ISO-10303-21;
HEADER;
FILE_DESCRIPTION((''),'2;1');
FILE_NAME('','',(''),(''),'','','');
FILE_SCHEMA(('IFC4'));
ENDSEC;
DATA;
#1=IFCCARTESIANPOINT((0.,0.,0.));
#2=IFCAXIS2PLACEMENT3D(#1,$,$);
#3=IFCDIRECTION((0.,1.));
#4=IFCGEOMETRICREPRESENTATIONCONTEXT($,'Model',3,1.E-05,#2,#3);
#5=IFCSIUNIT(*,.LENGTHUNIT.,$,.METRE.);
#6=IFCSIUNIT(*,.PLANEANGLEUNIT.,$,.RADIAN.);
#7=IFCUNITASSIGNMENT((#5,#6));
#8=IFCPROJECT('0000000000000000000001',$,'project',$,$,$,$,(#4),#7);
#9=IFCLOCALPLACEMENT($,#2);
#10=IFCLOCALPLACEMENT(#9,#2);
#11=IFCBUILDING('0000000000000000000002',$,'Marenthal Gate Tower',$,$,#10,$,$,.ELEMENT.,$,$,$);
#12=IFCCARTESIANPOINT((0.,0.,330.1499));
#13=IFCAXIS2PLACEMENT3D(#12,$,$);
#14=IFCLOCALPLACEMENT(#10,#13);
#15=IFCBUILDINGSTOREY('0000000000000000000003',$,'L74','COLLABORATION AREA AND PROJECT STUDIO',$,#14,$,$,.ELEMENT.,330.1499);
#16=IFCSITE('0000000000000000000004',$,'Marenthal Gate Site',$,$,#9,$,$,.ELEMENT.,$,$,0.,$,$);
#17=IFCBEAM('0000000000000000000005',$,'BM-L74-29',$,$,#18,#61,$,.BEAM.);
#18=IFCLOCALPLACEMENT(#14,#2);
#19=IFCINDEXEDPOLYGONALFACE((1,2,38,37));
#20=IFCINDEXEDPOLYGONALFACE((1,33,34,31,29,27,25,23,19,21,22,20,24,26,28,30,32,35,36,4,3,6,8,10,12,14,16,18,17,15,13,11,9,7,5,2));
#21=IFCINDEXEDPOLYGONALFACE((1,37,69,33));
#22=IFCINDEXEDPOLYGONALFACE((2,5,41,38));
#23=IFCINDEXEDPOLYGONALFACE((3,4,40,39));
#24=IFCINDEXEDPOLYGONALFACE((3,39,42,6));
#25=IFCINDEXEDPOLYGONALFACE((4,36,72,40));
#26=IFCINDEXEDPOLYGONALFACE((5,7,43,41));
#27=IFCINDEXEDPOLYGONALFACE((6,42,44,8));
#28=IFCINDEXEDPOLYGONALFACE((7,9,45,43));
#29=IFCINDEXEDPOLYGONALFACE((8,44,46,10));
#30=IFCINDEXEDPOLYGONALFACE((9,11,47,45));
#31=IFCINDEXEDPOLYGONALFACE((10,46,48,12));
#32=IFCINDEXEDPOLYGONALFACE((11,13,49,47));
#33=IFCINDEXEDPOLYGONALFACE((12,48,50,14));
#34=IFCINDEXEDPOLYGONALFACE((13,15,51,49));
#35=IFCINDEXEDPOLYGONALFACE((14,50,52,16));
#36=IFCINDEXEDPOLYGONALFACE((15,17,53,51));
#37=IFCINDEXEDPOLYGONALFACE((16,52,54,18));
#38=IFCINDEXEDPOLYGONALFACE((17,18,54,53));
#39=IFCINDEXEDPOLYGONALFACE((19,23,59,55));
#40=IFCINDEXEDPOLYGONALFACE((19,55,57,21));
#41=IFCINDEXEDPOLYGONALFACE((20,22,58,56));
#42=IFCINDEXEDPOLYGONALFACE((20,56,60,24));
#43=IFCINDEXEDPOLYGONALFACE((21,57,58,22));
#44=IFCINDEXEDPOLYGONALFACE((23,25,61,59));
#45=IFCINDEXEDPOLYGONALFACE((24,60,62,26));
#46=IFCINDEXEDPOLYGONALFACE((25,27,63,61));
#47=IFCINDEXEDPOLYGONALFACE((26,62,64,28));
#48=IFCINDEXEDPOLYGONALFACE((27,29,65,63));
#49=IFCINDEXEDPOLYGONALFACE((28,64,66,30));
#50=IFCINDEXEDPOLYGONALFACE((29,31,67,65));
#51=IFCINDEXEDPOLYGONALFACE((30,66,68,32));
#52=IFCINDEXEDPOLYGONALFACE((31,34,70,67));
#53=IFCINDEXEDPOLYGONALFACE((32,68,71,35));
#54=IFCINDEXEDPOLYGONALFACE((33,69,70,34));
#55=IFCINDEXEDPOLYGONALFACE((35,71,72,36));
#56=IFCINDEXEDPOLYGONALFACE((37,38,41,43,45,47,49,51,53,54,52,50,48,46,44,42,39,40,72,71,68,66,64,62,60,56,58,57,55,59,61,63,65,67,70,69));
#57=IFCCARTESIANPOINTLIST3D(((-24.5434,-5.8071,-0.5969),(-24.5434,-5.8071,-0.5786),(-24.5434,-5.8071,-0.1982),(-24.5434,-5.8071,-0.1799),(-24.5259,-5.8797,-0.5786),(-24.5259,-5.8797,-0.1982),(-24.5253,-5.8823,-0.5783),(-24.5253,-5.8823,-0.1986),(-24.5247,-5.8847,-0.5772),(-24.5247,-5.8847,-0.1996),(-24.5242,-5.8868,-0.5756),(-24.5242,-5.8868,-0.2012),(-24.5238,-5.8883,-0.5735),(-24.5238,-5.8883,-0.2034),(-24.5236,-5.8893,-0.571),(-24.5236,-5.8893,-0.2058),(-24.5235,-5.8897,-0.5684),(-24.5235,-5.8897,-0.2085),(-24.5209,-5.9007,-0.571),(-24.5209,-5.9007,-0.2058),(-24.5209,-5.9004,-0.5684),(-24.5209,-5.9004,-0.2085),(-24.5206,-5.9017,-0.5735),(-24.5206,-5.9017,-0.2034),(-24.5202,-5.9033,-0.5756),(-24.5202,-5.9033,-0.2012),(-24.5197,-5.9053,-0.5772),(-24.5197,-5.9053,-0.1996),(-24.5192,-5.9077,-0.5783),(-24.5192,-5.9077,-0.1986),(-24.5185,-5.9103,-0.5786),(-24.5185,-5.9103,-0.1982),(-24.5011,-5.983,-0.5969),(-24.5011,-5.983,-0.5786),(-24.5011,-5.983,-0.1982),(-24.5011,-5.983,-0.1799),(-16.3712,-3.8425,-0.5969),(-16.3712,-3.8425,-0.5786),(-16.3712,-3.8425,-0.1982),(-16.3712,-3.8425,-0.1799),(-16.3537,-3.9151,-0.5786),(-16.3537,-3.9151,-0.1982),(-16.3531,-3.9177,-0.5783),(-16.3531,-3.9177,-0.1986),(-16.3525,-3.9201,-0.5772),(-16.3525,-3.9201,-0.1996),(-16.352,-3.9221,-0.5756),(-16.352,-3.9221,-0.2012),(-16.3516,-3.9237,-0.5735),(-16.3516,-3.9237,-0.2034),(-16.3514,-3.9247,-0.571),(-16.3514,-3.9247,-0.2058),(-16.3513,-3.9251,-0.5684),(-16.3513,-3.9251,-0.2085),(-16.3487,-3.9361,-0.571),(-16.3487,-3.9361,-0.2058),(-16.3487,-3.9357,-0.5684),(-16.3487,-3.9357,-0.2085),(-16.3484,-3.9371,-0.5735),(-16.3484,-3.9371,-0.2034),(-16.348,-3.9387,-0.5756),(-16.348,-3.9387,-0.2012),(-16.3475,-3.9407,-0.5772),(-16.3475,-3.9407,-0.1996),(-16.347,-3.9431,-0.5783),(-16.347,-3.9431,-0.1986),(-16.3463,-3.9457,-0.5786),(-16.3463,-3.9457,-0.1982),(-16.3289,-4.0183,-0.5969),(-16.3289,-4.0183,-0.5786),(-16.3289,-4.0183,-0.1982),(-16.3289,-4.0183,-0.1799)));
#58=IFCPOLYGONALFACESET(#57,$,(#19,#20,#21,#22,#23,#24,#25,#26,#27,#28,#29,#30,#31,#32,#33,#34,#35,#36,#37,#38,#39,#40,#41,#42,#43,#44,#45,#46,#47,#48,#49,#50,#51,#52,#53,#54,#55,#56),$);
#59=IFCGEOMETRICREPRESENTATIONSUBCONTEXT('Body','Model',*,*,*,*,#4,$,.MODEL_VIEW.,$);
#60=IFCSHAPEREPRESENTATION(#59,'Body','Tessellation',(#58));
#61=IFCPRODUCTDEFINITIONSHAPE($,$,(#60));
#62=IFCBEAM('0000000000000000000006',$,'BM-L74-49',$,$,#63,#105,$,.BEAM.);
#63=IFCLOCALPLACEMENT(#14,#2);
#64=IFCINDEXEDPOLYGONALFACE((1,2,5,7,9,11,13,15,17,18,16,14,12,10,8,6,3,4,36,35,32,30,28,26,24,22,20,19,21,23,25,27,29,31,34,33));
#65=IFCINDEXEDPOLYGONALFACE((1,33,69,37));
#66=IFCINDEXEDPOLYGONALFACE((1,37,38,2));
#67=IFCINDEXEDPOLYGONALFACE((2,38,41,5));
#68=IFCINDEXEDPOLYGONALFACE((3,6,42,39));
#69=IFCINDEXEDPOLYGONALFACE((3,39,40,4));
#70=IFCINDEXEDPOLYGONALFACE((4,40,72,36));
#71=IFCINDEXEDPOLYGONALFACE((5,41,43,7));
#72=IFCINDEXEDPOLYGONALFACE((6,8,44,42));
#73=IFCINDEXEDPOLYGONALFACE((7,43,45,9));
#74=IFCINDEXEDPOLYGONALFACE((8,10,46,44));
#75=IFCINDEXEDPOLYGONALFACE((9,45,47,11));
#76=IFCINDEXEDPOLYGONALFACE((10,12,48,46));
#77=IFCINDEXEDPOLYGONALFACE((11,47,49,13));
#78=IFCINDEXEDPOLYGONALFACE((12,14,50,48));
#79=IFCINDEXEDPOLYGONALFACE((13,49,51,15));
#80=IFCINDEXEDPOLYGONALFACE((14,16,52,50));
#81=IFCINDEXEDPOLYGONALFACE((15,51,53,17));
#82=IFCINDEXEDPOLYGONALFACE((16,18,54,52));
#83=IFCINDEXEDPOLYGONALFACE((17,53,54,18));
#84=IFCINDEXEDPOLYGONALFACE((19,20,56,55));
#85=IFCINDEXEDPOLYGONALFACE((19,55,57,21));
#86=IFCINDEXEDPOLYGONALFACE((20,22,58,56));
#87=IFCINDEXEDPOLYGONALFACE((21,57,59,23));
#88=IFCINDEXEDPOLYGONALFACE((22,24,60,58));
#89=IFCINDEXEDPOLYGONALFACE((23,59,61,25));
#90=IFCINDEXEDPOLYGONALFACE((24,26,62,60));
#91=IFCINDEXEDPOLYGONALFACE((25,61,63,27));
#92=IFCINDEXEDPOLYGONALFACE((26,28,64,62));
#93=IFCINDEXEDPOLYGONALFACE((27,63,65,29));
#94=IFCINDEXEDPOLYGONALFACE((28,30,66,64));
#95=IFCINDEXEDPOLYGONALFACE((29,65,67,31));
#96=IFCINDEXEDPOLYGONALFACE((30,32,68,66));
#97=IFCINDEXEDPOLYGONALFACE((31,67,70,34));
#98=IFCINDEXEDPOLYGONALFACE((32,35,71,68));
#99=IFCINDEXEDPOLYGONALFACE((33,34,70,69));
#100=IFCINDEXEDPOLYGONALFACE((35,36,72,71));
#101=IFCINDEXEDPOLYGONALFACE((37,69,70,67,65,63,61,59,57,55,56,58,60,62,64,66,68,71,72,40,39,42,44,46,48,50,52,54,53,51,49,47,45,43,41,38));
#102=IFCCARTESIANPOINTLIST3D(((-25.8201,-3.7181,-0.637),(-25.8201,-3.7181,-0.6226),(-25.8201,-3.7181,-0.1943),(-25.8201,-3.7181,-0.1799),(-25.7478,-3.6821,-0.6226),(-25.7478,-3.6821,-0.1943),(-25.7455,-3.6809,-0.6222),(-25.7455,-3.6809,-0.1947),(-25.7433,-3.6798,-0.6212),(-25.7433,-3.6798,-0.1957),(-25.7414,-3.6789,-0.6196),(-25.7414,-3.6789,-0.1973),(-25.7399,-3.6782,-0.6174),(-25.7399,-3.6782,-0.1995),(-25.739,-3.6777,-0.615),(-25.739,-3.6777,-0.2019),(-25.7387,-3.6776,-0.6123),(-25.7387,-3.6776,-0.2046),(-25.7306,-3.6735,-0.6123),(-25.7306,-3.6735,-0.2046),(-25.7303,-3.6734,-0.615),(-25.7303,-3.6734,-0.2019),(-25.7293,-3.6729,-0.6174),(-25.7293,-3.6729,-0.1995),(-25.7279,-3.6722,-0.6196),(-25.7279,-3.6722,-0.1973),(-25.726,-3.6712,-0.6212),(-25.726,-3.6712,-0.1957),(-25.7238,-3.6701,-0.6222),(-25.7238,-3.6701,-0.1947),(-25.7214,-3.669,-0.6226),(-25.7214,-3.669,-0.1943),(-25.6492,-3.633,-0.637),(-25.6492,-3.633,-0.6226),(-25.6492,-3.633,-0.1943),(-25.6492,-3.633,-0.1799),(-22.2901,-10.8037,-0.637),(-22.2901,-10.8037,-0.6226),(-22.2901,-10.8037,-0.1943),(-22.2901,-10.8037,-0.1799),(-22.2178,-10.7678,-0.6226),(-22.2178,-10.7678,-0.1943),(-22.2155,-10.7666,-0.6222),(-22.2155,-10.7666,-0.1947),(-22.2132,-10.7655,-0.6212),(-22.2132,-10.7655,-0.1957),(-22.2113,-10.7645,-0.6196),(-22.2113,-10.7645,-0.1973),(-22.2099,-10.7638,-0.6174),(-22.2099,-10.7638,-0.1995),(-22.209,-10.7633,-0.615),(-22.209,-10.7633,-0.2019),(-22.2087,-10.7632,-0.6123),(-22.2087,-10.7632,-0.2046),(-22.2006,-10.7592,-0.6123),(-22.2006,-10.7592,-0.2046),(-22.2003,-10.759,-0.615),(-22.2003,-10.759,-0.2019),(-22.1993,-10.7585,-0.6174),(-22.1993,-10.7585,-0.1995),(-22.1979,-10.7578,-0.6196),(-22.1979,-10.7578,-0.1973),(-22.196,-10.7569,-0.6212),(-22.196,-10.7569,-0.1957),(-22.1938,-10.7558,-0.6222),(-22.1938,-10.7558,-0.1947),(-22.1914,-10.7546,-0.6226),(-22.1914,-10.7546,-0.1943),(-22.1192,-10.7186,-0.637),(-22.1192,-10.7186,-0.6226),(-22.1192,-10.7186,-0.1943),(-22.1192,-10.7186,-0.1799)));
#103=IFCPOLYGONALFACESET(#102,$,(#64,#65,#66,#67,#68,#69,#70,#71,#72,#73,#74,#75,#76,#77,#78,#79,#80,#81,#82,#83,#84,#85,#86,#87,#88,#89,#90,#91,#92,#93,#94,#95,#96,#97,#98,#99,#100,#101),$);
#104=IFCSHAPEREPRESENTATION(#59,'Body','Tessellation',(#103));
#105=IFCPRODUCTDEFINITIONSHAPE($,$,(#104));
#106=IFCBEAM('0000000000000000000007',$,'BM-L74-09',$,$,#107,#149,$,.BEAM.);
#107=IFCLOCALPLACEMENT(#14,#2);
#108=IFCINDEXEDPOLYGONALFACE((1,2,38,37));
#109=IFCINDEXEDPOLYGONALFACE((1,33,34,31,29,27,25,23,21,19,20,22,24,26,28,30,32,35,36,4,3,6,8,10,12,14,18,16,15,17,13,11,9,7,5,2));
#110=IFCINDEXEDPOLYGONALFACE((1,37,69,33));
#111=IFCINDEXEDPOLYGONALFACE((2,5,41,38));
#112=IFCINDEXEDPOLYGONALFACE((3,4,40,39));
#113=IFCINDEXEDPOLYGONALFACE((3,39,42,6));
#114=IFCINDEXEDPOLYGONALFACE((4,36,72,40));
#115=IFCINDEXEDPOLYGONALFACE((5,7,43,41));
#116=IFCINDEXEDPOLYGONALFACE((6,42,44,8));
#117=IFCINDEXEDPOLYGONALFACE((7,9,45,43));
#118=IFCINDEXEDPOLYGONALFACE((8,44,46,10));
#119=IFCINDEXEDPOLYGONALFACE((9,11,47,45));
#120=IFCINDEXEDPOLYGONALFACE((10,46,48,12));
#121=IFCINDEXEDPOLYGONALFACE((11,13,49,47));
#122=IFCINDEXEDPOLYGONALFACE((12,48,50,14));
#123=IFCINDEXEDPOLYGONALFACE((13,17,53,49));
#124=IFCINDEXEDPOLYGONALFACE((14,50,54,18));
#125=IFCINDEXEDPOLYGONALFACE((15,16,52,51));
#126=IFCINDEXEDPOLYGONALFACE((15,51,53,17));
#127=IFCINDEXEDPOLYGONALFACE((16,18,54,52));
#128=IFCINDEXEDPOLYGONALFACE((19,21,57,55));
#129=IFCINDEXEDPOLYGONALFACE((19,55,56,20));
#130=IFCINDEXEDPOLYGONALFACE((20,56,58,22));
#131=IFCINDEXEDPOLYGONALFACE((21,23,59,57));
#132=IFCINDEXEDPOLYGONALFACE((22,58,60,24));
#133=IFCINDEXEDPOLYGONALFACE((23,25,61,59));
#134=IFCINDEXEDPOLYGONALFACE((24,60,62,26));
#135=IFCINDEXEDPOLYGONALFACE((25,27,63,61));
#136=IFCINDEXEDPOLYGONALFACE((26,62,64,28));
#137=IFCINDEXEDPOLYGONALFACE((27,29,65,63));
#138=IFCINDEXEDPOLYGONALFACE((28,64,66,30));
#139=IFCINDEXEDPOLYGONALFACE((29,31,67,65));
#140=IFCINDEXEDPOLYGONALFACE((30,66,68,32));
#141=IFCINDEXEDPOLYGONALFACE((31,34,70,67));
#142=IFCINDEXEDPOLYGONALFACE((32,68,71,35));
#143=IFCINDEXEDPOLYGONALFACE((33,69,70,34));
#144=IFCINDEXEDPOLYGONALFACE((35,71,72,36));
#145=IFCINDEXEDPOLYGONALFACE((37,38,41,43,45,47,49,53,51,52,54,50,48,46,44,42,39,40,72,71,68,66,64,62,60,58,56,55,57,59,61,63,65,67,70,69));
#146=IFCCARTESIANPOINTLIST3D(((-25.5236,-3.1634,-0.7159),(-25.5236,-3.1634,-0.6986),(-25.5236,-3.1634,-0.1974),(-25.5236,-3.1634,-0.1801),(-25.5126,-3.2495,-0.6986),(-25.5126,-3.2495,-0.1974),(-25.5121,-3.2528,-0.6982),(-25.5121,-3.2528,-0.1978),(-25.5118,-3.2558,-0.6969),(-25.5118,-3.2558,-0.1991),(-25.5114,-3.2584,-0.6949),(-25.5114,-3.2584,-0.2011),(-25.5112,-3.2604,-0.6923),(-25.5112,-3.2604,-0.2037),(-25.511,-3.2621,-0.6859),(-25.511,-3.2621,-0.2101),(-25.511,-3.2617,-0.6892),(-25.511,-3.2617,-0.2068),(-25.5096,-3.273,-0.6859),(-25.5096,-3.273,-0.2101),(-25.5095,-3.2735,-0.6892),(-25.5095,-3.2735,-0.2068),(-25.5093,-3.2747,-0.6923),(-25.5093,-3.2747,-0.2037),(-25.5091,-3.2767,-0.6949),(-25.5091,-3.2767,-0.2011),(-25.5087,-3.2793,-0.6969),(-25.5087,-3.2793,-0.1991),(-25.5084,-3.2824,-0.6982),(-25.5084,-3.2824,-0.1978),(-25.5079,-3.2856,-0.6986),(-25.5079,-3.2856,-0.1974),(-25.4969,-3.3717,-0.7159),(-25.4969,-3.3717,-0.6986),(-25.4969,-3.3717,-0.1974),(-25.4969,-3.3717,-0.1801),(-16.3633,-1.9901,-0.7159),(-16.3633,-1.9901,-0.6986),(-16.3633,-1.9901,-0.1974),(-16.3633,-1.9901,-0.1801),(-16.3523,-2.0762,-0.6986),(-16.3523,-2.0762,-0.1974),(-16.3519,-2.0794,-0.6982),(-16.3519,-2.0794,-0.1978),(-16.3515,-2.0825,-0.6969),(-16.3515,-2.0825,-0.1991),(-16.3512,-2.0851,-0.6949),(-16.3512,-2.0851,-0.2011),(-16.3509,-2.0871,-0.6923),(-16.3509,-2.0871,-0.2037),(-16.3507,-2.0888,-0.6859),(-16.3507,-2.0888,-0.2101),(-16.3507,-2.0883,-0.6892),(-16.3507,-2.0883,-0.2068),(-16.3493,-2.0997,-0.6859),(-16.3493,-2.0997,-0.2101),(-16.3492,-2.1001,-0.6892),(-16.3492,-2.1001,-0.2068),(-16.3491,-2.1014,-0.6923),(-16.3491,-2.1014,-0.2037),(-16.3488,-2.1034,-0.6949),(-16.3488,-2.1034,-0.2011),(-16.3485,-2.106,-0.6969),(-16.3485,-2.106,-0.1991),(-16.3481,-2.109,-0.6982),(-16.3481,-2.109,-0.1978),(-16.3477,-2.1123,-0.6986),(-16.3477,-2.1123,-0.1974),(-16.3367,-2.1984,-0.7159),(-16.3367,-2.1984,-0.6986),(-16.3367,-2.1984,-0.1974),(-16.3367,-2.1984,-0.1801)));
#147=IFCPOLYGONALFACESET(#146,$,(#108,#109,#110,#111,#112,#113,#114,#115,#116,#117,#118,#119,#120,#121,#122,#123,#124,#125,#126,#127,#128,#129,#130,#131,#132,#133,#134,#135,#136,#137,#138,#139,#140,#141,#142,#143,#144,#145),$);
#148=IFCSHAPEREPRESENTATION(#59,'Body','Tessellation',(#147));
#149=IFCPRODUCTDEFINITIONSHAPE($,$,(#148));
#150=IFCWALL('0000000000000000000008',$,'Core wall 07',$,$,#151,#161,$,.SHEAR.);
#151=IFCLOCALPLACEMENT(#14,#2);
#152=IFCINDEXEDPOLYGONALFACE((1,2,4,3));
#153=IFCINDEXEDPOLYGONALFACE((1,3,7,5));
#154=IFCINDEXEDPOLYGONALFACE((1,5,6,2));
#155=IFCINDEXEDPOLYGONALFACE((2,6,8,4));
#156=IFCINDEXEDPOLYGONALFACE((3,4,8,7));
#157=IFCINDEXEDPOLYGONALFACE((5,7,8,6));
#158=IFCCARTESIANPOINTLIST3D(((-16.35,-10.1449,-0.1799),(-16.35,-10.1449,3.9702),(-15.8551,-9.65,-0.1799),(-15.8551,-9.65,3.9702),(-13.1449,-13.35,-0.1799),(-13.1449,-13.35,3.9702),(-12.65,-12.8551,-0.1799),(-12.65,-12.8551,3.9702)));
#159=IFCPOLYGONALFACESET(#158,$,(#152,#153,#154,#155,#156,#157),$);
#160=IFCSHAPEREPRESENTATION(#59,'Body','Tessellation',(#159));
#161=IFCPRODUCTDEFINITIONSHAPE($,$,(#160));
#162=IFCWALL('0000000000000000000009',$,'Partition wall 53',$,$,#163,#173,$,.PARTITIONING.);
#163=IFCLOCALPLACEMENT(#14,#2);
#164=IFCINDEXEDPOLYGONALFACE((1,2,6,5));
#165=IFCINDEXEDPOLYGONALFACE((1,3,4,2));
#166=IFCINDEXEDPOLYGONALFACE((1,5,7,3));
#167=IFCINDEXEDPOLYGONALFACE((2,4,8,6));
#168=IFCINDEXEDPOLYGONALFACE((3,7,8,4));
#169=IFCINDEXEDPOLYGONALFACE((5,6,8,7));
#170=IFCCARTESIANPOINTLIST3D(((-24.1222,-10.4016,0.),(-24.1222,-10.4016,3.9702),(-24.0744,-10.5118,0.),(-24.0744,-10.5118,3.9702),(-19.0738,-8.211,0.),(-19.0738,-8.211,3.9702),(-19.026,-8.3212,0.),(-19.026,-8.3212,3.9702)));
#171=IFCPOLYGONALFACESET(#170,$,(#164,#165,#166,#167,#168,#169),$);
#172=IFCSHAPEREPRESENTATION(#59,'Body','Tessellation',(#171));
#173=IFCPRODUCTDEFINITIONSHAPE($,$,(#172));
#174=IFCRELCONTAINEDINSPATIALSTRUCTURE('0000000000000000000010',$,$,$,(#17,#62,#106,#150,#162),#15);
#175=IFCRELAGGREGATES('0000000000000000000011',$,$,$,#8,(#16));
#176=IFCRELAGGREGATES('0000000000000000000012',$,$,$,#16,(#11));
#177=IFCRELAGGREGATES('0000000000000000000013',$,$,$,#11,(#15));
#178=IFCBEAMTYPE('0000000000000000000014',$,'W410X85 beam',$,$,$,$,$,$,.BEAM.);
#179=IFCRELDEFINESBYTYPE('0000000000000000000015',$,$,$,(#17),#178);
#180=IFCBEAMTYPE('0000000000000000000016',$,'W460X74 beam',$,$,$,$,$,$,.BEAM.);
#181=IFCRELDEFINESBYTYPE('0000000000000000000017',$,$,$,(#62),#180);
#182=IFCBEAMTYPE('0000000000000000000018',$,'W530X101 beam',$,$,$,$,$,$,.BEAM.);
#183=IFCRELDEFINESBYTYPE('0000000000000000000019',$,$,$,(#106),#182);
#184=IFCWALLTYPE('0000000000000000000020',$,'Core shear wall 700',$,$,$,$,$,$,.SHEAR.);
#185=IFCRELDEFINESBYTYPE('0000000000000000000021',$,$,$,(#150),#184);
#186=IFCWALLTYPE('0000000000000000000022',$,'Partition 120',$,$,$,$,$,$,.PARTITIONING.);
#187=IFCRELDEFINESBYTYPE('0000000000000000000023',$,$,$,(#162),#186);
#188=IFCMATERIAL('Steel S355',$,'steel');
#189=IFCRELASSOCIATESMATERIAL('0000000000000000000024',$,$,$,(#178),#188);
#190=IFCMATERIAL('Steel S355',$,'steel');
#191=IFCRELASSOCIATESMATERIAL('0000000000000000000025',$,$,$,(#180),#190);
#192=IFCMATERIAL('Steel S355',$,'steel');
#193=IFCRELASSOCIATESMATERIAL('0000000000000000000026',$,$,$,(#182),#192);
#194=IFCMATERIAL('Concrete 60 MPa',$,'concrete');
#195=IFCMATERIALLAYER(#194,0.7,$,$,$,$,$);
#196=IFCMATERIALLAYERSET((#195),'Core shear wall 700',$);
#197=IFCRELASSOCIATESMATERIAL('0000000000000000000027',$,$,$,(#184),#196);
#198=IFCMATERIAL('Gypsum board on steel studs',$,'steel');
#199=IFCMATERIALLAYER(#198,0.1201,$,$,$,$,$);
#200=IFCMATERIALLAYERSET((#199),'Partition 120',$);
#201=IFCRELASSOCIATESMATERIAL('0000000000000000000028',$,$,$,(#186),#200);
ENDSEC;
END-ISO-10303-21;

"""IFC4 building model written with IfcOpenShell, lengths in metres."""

from ifc_helpers import new_model, si_unit, direction, frame, frame_2d, origin, origin_2d, place, context, subcontext, project, spatial, rectangle, i_section, extrude, material, layer, layer_set, material_profile, profile_set, type_object, element, save


model = new_model("IFC4")

# Units and contexts
model_context = context("Model", 3, precision=1e-05, world=origin(), true_north=direction((0.0, 1.0)))
body_context = subcontext(model_context, "Body", "Model", "MODEL_VIEW")
ifc_project = project(units=[si_unit("LENGTHUNIT", "METRE"), si_unit("PLANEANGLEUNIT", "RADIAN")], contexts=[model_context])

# Site, building, storey
site_placement = place(None, origin())
site = spatial("IfcSite", under=ifc_project, at=site_placement, Name="Marenthal Gate Site", CompositionType="ELEMENT", RefElevation=0.0)
building_placement = place(site_placement, origin())
building = spatial("IfcBuilding", under=site, at=building_placement, Name="Marenthal Gate Tower", CompositionType="ELEMENT")
storey_placement = place(building_placement, frame((0.0, 0.0, 330.1499)))
storey = spatial("IfcBuildingStorey", under=building, at=storey_placement, Name="L74", Description="COLLABORATION AREA AND PROJECT STUDIO", CompositionType="ELEMENT", Elevation=330.1499)

# Beams
ifc_material_1 = material(Name="Steel S355", Category="steel")
ifc_material_profile_1 = material_profile(ifc_material_1, i_section(OverallWidth=0.1809, OverallDepth=0.417, WebThickness=0.011, FlangeThickness=0.0183, FilletRadius=0.0103, at=origin_2d()), Name="W410X85")
ifc_profile_set_1 = profile_set([ifc_material_profile_1], Name="Steel S355")
beam_type_1 = type_object("IfcBeamType", Name="W410X85 beam", PredefinedType="BEAM", material=ifc_profile_set_1)
beam_1_placement = place(storey_placement, frame((-24.5222, -5.895, -0.3884), z_axis=(0.972298, 0.233743, 0.0), x_axis=(-0.233743, 0.972298, 0.0)))
element("IfcBeam", 1, at=beam_1_placement, inside=storey, type_object=beam_type_1, Name="BM-L74-29", PredefinedType="BEAM", context=body_context, shape_type="SweptSolid", body=[
    extrude(i_section(OverallWidth=0.1809, OverallDepth=0.417, WebThickness=0.011, FlangeThickness=0.0183, FilletRadius=0.0103, at=origin_2d()), origin(), (0.0, 0.0, 1.0), 8.405),
])
ifc_material_2 = material(Name="Steel S355", Category="steel")
ifc_material_profile_2 = material_profile(ifc_material_2, i_section(OverallWidth=0.1909, OverallDepth=0.457, WebThickness=0.009, FlangeThickness=0.0144, FilletRadius=0.0103, at=origin_2d()), Name="W460X74")
ifc_profile_set_2 = profile_set([ifc_material_profile_2], Name="Steel S355")
beam_type_2 = type_object("IfcBeamType", Name="W460X74 beam", PredefinedType="BEAM", material=ifc_profile_set_2)
beam_2_placement = place(storey_placement, frame((-25.7346, -3.6755, -0.4084), z_axis=(0.445918, -0.895074, 0.0), x_axis=(0.895074, 0.445918, 0.0)))
element("IfcBeam", 2, at=beam_2_placement, inside=storey, type_object=beam_type_2, Name="BM-L74-49", PredefinedType="BEAM", context=body_context, shape_type="SweptSolid", body=[
    extrude(i_section(OverallWidth=0.1909, OverallDepth=0.457, WebThickness=0.009, FlangeThickness=0.0144, FilletRadius=0.0103, at=origin_2d()), origin(), (0.0, 0.0, 1.0), 7.9163),
])
ifc_material_3 = material(Name="Steel S355", Category="steel")
ifc_material_profile_3 = material_profile(ifc_material_3, i_section(OverallWidth=0.21, OverallDepth=0.5359, WebThickness=0.011, FlangeThickness=0.0173, FilletRadius=0.0127, at=origin_2d()), Name="W530X101")
ifc_profile_set_3 = profile_set([ifc_material_profile_3], Name="Steel S355")
beam_type_3 = type_object("IfcBeamType", Name="W530X101 beam", PredefinedType="BEAM", material=ifc_profile_set_3)
beam_3_placement = place(storey_placement, frame((-25.5103, -3.2676, -0.448), z_axis=(0.991896, 0.127054, 0.0), x_axis=(-0.127054, 0.991896, 0.0)))
element("IfcBeam", 3, at=beam_3_placement, inside=storey, type_object=beam_type_3, Name="BM-L74-09", PredefinedType="BEAM", context=body_context, shape_type="SweptSolid", body=[
    extrude(i_section(OverallWidth=0.21, OverallDepth=0.5359, WebThickness=0.011, FlangeThickness=0.0173, FilletRadius=0.0127, at=origin_2d()), origin(), (0.0, 0.0, 1.0), 9.2351),
])

# Walls
ifc_material_4 = material(Name="Concrete 60 MPa", Category="concrete")
ifc_layer_1 = layer(ifc_material_4, 0.7)
ifc_layer_set_1 = layer_set([ifc_layer_1], Name="Core shear wall 700")
wall_type_1 = type_object("IfcWallType", Name="Core shear wall 700", PredefinedType="SHEAR", material=ifc_layer_set_1)
wall_1_placement = place(storey_placement, frame((-16.1025, -9.8975, -0.1799), z_axis=(0.0, 0.0, 1.0), x_axis=(0.707107, -0.707107, 0.0)))
element("IfcWall", 4, at=wall_1_placement, inside=storey, type_object=wall_type_1, Name="Core wall 07", PredefinedType="SHEAR", context=body_context, shape_type="SweptSolid", body=[
    extrude(rectangle(XDim=4.5327, YDim=0.7, at=frame_2d((2.2664, 0.0))), origin(), (0.0, 0.0, 1.0), 4.1501),
])
ifc_material_5 = material(Name="Gypsum board on steel studs", Category="steel")
ifc_layer_2 = layer(ifc_material_5, 0.1201)
ifc_layer_set_2 = layer_set([ifc_layer_2], Name="Partition 120")
wall_type_2 = type_object("IfcWallType", Name="Partition 120", PredefinedType="PARTITIONING", material=ifc_layer_set_2)
wall_2_placement = place(storey_placement, frame((-19.05, -8.2661, 0.0), z_axis=(0.0, 0.0, 1.0), x_axis=(-0.917353, -0.398076, 0.0)))
element("IfcWall", 5, at=wall_2_placement, inside=storey, type_object=wall_type_2, Name="Partition wall 53", PredefinedType="PARTITIONING", context=body_context, shape_type="SweptSolid", body=[
    extrude(rectangle(XDim=5.5032, YDim=0.1201, at=frame_2d((2.7515, 0.0))), origin(), (0.0, 0.0, 1.0), 3.9702),
])

save(model, "model.ifc")
